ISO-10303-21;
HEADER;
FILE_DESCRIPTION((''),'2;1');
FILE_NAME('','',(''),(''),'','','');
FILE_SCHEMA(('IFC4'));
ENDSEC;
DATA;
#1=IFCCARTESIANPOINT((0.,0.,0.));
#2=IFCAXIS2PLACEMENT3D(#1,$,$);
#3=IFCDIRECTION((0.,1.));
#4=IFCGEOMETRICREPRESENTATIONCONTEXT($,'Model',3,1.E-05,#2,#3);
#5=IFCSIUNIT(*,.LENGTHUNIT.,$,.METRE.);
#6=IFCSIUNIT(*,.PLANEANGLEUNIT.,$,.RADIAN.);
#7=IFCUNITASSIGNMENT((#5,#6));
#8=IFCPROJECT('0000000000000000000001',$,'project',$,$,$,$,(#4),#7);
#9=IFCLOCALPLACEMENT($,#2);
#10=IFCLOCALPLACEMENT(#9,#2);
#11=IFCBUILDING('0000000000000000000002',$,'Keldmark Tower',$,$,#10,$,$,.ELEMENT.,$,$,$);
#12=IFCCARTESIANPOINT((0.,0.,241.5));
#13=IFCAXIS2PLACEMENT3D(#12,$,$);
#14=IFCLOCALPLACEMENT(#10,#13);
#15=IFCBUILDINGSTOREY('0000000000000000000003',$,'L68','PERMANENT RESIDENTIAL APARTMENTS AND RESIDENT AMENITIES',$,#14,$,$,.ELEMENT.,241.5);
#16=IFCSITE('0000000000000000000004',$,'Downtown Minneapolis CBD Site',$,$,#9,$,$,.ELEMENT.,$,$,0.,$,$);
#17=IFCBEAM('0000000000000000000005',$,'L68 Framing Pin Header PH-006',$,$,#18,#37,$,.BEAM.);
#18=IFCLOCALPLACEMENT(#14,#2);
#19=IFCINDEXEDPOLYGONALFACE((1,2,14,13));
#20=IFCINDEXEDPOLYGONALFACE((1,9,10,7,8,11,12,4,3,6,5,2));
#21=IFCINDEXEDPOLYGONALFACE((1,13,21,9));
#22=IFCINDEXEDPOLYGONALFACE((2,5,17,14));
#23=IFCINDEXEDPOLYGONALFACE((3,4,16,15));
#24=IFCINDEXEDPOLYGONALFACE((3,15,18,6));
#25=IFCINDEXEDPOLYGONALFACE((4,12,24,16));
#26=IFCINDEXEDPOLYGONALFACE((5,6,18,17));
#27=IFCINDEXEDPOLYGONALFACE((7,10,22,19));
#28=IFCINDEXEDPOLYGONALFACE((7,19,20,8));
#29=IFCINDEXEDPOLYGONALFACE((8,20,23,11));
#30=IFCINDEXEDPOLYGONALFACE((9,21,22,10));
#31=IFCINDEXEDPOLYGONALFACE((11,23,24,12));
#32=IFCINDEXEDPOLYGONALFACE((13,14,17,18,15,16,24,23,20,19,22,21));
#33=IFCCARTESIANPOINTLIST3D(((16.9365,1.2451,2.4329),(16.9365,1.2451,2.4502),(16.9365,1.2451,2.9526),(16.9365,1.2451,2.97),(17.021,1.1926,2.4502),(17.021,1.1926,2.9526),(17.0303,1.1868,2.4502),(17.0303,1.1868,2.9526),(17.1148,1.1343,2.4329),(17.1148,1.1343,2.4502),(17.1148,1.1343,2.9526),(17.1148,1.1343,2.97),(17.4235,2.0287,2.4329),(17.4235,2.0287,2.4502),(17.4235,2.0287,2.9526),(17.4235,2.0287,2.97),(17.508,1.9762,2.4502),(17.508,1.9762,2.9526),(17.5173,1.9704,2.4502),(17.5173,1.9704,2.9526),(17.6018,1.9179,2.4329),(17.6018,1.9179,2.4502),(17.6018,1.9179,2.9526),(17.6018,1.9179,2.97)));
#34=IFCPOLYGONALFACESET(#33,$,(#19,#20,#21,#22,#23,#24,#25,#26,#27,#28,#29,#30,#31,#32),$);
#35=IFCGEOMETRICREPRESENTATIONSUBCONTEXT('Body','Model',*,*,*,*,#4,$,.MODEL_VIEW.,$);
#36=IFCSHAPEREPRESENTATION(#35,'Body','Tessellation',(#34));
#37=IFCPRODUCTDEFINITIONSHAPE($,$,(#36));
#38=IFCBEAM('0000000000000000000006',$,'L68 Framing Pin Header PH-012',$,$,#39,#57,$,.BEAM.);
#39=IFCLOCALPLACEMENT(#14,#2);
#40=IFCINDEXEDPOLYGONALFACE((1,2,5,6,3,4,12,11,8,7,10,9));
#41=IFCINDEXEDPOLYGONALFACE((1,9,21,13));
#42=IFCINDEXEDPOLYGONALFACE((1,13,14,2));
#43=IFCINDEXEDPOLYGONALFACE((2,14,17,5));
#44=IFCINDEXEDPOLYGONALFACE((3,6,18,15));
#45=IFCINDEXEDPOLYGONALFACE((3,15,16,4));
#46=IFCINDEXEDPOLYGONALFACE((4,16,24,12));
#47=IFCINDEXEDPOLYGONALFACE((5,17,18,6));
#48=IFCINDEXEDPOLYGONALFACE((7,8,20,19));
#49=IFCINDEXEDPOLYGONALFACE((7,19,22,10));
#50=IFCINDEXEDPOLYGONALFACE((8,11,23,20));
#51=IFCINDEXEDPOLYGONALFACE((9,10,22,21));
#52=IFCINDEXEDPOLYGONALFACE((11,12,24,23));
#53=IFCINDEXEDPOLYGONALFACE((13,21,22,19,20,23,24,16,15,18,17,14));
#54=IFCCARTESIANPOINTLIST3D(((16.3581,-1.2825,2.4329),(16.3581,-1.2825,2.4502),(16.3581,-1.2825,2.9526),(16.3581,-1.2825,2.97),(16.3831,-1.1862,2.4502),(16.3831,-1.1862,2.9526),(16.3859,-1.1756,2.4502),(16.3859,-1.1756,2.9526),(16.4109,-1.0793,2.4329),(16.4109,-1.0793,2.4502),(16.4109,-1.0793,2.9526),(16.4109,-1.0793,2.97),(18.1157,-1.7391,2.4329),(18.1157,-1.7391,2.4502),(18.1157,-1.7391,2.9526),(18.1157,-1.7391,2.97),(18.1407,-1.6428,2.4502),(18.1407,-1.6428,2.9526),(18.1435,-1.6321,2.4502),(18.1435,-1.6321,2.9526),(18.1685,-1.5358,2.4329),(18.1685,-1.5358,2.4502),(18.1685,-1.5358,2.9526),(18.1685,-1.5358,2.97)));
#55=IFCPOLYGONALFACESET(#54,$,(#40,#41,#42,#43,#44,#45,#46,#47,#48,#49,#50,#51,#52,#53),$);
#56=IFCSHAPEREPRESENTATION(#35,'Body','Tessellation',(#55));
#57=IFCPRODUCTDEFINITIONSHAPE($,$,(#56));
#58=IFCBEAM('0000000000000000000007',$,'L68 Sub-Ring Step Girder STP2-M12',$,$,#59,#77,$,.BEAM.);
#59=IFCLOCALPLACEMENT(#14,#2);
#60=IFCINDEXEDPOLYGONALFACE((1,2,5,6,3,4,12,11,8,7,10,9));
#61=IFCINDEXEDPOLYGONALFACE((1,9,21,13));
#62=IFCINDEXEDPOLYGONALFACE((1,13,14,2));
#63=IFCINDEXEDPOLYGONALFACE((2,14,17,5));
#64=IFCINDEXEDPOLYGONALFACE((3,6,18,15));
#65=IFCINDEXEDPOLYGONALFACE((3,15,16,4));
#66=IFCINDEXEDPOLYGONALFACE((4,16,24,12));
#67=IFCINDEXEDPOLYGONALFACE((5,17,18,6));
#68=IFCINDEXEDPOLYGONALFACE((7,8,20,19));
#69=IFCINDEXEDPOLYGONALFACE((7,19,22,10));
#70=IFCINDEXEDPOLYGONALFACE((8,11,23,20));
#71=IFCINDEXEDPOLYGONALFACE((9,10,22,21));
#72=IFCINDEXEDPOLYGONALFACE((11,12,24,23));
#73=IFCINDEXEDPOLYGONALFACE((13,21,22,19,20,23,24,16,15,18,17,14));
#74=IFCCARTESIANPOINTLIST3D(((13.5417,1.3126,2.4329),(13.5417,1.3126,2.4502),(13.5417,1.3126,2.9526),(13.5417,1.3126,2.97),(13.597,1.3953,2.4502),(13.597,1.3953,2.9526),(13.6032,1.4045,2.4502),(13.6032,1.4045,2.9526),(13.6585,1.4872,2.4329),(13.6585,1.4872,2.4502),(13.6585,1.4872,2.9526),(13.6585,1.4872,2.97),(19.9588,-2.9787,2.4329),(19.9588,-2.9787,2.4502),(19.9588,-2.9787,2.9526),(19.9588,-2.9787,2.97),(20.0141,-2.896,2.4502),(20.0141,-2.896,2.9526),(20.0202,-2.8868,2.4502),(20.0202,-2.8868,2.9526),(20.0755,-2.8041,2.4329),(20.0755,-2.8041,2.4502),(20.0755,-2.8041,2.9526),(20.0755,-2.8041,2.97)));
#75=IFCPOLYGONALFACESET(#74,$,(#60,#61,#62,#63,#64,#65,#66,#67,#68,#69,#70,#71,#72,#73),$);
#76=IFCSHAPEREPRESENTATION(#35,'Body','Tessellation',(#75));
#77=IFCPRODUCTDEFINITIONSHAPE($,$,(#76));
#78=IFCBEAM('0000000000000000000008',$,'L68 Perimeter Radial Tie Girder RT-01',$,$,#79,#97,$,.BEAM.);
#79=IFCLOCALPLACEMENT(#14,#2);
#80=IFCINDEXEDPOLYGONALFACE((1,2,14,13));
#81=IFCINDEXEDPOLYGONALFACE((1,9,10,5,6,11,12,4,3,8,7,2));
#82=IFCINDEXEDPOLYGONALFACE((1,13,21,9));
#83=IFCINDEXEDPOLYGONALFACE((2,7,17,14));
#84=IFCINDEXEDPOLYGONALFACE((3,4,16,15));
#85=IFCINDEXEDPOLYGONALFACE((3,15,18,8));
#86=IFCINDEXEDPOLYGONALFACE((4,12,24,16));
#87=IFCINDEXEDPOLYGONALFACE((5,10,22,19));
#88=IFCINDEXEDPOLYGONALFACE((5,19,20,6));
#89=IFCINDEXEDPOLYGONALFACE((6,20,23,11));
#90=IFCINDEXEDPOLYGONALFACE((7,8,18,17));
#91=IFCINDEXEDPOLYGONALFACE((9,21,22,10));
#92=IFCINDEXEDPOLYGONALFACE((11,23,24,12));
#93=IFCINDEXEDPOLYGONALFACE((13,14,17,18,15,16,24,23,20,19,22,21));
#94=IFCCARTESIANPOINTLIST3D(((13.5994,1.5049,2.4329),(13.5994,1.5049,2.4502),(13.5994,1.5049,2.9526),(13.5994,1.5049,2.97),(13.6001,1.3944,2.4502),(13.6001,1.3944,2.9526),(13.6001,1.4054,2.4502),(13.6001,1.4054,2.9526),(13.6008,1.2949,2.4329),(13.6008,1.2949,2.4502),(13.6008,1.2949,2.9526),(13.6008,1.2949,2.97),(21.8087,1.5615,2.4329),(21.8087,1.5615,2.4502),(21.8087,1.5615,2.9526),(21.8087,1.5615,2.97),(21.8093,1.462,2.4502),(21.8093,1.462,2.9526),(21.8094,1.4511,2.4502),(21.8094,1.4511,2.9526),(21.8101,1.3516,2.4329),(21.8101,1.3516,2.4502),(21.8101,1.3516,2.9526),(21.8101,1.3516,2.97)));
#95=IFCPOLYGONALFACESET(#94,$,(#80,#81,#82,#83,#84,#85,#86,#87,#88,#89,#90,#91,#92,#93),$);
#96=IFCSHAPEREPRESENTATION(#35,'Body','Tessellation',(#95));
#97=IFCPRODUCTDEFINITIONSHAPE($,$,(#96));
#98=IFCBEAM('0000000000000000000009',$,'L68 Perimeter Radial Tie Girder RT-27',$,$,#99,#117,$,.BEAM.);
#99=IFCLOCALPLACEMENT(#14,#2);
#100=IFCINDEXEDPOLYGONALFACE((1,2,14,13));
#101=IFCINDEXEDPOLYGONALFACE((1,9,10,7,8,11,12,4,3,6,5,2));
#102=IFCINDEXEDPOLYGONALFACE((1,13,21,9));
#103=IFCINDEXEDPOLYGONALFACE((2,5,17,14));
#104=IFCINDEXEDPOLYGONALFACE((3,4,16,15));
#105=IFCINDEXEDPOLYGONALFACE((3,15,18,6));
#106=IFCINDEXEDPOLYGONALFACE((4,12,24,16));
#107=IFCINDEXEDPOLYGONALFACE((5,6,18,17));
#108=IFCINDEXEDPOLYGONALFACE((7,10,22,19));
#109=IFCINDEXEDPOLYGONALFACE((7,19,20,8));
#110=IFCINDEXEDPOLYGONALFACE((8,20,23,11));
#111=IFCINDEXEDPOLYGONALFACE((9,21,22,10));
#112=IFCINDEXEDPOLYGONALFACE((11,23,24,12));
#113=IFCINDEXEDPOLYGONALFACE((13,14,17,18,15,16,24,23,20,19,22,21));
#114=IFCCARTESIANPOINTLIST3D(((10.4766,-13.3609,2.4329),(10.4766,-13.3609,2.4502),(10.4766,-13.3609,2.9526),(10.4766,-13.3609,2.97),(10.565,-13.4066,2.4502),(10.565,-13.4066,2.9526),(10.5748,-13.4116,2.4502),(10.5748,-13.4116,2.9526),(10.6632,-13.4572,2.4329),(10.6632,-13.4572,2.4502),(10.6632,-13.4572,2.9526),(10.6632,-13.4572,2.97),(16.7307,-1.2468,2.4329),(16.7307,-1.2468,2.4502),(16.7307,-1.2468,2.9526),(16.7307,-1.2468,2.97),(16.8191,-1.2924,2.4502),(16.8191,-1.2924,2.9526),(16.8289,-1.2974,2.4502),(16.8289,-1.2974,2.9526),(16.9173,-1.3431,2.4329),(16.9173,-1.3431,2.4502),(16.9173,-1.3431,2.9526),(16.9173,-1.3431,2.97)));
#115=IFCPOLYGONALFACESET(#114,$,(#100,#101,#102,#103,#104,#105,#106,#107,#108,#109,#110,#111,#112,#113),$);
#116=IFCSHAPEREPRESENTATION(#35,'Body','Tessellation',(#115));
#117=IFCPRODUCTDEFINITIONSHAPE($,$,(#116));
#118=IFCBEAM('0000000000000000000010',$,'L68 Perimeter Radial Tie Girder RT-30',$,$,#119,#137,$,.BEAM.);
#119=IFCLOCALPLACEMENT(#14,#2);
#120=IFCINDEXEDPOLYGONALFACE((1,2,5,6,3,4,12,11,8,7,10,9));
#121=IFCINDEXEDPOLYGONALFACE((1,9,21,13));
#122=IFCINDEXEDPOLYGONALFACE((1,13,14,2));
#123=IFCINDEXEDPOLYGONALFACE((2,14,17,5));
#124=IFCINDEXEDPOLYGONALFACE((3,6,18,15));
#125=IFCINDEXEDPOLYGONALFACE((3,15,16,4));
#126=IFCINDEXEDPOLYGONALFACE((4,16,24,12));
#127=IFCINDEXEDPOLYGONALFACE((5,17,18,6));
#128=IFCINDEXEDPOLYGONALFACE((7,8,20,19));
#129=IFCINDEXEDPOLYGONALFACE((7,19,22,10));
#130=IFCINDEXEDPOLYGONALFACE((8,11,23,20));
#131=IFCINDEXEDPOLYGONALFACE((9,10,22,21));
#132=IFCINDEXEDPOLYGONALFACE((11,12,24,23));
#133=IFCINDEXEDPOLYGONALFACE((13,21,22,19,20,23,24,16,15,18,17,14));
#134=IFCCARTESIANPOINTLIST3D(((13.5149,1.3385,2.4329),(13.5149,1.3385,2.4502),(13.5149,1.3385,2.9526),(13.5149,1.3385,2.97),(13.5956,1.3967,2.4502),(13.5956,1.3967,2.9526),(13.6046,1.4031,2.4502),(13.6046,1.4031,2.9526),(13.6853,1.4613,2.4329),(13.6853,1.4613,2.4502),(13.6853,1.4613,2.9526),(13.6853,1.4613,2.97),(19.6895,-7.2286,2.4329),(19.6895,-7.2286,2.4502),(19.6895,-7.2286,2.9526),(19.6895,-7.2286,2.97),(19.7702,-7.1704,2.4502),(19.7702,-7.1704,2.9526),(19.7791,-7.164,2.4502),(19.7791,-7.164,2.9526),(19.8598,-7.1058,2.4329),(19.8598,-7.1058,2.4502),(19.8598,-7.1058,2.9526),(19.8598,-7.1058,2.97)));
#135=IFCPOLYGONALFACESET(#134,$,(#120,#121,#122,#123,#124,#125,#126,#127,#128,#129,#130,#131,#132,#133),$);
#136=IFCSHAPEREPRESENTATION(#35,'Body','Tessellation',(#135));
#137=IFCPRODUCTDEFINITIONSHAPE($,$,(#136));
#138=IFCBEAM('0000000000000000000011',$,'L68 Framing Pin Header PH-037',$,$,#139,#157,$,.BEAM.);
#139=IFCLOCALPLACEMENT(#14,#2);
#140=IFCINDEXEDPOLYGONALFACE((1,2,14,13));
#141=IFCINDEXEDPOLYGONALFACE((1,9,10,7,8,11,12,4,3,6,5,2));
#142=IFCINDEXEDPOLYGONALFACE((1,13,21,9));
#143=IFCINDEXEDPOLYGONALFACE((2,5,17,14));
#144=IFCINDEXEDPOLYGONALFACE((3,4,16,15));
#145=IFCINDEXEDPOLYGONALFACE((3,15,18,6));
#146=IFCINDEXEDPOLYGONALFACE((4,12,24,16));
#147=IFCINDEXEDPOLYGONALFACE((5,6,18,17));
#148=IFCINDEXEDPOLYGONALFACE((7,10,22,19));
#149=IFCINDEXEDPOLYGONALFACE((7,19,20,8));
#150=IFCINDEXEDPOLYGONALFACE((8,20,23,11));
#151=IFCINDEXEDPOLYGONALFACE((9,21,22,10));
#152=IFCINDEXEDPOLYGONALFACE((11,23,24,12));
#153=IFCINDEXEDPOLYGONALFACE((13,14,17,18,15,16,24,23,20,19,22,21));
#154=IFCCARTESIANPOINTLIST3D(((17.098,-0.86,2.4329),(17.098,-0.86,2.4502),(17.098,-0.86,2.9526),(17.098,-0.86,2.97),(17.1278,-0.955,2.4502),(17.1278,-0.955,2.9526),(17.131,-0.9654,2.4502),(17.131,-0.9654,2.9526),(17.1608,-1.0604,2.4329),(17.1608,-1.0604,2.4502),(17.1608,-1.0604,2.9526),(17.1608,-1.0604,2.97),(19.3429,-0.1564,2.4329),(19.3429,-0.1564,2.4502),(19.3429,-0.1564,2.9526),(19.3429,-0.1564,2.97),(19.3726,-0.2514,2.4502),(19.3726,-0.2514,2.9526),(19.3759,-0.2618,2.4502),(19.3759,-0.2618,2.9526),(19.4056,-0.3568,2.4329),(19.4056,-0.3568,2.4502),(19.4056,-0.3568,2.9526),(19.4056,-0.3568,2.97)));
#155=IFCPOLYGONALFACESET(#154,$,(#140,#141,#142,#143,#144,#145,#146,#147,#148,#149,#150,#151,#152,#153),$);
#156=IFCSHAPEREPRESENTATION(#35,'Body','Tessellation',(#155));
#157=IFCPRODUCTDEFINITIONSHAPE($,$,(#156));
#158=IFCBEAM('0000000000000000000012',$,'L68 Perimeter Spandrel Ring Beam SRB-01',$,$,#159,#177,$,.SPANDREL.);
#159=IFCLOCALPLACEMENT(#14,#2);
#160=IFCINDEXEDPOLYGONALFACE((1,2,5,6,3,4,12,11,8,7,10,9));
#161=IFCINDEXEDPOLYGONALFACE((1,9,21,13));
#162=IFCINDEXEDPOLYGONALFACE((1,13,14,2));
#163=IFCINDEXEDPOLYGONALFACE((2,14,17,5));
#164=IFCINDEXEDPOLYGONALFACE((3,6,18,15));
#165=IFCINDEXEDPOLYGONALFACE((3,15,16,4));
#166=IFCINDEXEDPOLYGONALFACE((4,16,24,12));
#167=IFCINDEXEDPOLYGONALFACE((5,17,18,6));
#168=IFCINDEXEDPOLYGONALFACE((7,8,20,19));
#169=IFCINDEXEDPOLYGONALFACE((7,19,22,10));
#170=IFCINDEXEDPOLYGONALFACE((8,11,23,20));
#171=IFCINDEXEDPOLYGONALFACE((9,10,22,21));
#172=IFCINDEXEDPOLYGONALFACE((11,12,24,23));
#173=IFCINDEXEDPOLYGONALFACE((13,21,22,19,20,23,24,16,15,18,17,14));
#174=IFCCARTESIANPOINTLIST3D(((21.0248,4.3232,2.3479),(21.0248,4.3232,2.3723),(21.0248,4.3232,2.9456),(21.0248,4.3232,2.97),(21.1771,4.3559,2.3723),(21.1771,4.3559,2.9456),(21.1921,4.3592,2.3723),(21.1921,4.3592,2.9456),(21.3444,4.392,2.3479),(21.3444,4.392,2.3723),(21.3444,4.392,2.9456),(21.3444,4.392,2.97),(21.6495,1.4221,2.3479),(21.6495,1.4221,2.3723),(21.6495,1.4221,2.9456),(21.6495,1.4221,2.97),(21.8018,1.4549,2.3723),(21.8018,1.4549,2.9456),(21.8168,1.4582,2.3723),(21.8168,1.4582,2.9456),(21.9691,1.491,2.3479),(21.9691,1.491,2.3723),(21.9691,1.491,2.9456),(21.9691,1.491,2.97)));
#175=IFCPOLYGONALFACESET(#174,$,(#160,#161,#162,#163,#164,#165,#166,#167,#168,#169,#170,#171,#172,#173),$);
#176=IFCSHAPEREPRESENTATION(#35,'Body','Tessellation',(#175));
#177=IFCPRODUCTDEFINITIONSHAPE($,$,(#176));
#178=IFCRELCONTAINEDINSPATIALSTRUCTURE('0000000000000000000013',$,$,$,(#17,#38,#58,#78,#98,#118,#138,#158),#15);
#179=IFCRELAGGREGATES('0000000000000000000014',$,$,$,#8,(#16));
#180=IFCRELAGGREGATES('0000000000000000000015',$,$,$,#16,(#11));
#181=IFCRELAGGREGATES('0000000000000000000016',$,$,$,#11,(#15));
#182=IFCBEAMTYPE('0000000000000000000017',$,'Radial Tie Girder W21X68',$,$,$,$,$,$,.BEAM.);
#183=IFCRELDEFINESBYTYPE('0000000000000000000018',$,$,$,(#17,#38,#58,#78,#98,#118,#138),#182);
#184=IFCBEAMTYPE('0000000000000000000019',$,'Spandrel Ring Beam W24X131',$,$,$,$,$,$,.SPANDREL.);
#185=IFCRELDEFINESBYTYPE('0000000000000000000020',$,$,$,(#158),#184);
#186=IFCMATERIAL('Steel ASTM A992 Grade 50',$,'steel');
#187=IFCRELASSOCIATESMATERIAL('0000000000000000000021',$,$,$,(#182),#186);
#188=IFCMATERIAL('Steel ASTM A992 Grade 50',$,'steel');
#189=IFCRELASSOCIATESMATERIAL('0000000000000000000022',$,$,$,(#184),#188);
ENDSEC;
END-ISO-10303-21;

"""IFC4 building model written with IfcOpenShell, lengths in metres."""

from ifc_helpers import new_model, si_unit, direction, frame, origin, origin_2d, place, context, subcontext, project, spatial, i_section, extrude, material, material_profile, profile_set, type_object, element, save


model = new_model("IFC4")

# Units and contexts
model_context = context("Model", 3, precision=1e-05, world=origin(), true_north=direction((0.0, 1.0)))
body_context = subcontext(model_context, "Body", "Model", "MODEL_VIEW")
ifc_project = project(units=[si_unit("LENGTHUNIT", "METRE"), si_unit("PLANEANGLEUNIT", "RADIAN")], contexts=[model_context])

# Site, building, storey
site_placement = place(None, origin())
site = spatial("IfcSite", under=ifc_project, at=site_placement, Name="Downtown Minneapolis CBD Site", CompositionType="ELEMENT", RefElevation=0.0)
building_placement = place(site_placement, origin())
building = spatial("IfcBuilding", under=site, at=building_placement, Name="Keldmark Tower", CompositionType="ELEMENT")
storey_placement = place(building_placement, frame((0.0, 0.0, 241.5)))
storey = spatial("IfcBuildingStorey", under=building, at=storey_placement, Name="L68", Description="PERMANENT RESIDENTIAL APARTMENTS AND RESIDENT AMENITIES", CompositionType="ELEMENT", Elevation=241.5)

# Beams
ifc_material_1 = material(Name="Steel ASTM A992 Grade 50", Category="steel")
ifc_material_profile_1 = material_profile(ifc_material_1, i_section(OverallWidth=0.21, OverallDepth=0.5371, WebThickness=0.011, FlangeThickness=0.0173, at=origin_2d()), Name="W21X68")
ifc_profile_set_1 = profile_set([ifc_material_profile_1], Name="Steel ASTM A992 Grade 50")
beam_type_1 = type_object("IfcBeamType", Name="Radial Tie Girder W21X68", PredefinedType="BEAM", material=ifc_profile_set_1)
beam_1_placement = place(storey_placement, frame((17.0256, 1.1897, 2.7014), z_axis=(0.527857, 0.849333, 0.0), x_axis=(-0.849333, 0.527857, 0.0)))
element("IfcBeam", 1, at=beam_1_placement, inside=storey, type_object=beam_type_1, Name="L68 Framing Pin Header PH-006", PredefinedType="BEAM", context=body_context, shape_type="SweptSolid", body=[
    extrude(i_section(OverallWidth=0.21, OverallDepth=0.5371, WebThickness=0.011, FlangeThickness=0.0173, at=origin_2d()), origin(), (0.0, 0.0, 1.0), 0.9226),
])
beam_2_placement = place(storey_placement, frame((16.3845, -1.1809, 2.7014), z_axis=(0.967879, -0.251415, 0.0), x_axis=(0.251415, 0.967879, 0.0)))
element("IfcBeam", 2, at=beam_2_placement, inside=storey, type_object=beam_type_1, Name="L68 Framing Pin Header PH-012", PredefinedType="BEAM", context=body_context, shape_type="SweptSolid", body=[
    extrude(i_section(OverallWidth=0.21, OverallDepth=0.5371, WebThickness=0.011, FlangeThickness=0.0173, at=origin_2d()), origin(), (0.0, 0.0, 1.0), 1.8159),
])
beam_3_placement = place(storey_placement, frame((13.6001, 1.3999, 2.7014), z_axis=(0.831256, -0.555889, 0.0), x_axis=(0.555889, 0.831256, 0.0)))
element("IfcBeam", 3, at=beam_3_placement, inside=storey, type_object=beam_type_1, Name="L68 Sub-Ring Step Girder STP2-M12", PredefinedType="BEAM", context=body_context, shape_type="SweptSolid", body=[
    extrude(i_section(OverallWidth=0.21, OverallDepth=0.5371, WebThickness=0.011, FlangeThickness=0.0173, at=origin_2d()), origin(), (0.0, 0.0, 1.0), 7.7197),
])
beam_4_placement = place(storey_placement, frame((13.6001, 1.3999, 2.7014), z_axis=(0.999976, 0.006899, 0.0), x_axis=(-0.006899, 0.999976, 0.0)))
element("IfcBeam", 4, at=beam_4_placement, inside=storey, type_object=beam_type_1, Name="L68 Perimeter Radial Tie Girder RT-01", PredefinedType="BEAM", context=body_context, shape_type="SweptSolid", body=[
    extrude(i_section(OverallWidth=0.21, OverallDepth=0.5371, WebThickness=0.011, FlangeThickness=0.0173, at=origin_2d()), origin(), (0.0, 0.0, 1.0), 8.2095),
])
beam_5_placement = place(storey_placement, frame((16.824, -1.2949, 2.7014), z_axis=(-0.458737, -0.888572, 0.0), x_axis=(0.888572, -0.458737, 0.0)))
element("IfcBeam", 5, at=beam_5_placement, inside=storey, type_object=beam_type_1, Name="L68 Perimeter Radial Tie Girder RT-27", PredefinedType="BEAM", context=body_context, shape_type="SweptSolid", body=[
    extrude(i_section(OverallWidth=0.21, OverallDepth=0.5371, WebThickness=0.011, FlangeThickness=0.0173, at=origin_2d()), origin(), (0.0, 0.0, 1.0), 13.6333),
])
beam_6_placement = place(storey_placement, frame((13.6001, 1.3999, 2.7014), z_axis=(0.584693, -0.811255, 0.0), x_axis=(0.811255, 0.584693, 0.0)))
element("IfcBeam", 6, at=beam_6_placement, inside=storey, type_object=beam_type_1, Name="L68 Perimeter Radial Tie Girder RT-30", PredefinedType="BEAM", context=body_context, shape_type="SweptSolid", body=[
    extrude(i_section(OverallWidth=0.21, OverallDepth=0.5371, WebThickness=0.011, FlangeThickness=0.0173, at=origin_2d()), origin(), (0.0, 0.0, 1.0), 10.5603),
])
beam_7_placement = place(storey_placement, frame((17.1294, -0.9602, 2.7014), z_axis=(0.954227, 0.299084, 0.0), x_axis=(-0.299084, 0.954227, 0.0)))
element("IfcBeam", 7, at=beam_7_placement, inside=storey, type_object=beam_type_1, Name="L68 Framing Pin Header PH-037", PredefinedType="BEAM", context=body_context, shape_type="SweptSolid", body=[
    extrude(i_section(OverallWidth=0.21, OverallDepth=0.5371, WebThickness=0.011, FlangeThickness=0.0173, at=origin_2d()), origin(), (0.0, 0.0, 1.0), 2.3525),
])
ifc_material_2 = material(Name="Steel ASTM A992 Grade 50", Category="steel")
ifc_material_profile_2 = material_profile(ifc_material_2, i_section(OverallWidth=0.3269, OverallDepth=0.6221, WebThickness=0.0154, FlangeThickness=0.0244, at=origin_2d()), Name="W24X131")
ifc_profile_set_2 = profile_set([ifc_material_profile_2], Name="Steel ASTM A992 Grade 50")
beam_type_2 = type_object("IfcBeamType", Name="Spandrel Ring Beam W24X131", PredefinedType="SPANDREL", material=ifc_profile_set_2)
beam_8_placement = place(storey_placement, frame((21.8093, 1.4565, 2.6589), z_axis=(-0.210523, 0.977589, 0.0), x_axis=(-0.977589, -0.210523, 0.0)))
element("IfcBeam", 8, at=beam_8_placement, inside=storey, type_object=beam_type_2, Name="L68 Perimeter Spandrel Ring Beam SRB-01", PredefinedType="SPANDREL", context=body_context, shape_type="SweptSolid", body=[
    extrude(i_section(OverallWidth=0.3269, OverallDepth=0.6221, WebThickness=0.0154, FlangeThickness=0.0244, at=origin_2d()), origin(), (0.0, 0.0, 1.0), 2.9675),
])

save(model, "model.ifc")
